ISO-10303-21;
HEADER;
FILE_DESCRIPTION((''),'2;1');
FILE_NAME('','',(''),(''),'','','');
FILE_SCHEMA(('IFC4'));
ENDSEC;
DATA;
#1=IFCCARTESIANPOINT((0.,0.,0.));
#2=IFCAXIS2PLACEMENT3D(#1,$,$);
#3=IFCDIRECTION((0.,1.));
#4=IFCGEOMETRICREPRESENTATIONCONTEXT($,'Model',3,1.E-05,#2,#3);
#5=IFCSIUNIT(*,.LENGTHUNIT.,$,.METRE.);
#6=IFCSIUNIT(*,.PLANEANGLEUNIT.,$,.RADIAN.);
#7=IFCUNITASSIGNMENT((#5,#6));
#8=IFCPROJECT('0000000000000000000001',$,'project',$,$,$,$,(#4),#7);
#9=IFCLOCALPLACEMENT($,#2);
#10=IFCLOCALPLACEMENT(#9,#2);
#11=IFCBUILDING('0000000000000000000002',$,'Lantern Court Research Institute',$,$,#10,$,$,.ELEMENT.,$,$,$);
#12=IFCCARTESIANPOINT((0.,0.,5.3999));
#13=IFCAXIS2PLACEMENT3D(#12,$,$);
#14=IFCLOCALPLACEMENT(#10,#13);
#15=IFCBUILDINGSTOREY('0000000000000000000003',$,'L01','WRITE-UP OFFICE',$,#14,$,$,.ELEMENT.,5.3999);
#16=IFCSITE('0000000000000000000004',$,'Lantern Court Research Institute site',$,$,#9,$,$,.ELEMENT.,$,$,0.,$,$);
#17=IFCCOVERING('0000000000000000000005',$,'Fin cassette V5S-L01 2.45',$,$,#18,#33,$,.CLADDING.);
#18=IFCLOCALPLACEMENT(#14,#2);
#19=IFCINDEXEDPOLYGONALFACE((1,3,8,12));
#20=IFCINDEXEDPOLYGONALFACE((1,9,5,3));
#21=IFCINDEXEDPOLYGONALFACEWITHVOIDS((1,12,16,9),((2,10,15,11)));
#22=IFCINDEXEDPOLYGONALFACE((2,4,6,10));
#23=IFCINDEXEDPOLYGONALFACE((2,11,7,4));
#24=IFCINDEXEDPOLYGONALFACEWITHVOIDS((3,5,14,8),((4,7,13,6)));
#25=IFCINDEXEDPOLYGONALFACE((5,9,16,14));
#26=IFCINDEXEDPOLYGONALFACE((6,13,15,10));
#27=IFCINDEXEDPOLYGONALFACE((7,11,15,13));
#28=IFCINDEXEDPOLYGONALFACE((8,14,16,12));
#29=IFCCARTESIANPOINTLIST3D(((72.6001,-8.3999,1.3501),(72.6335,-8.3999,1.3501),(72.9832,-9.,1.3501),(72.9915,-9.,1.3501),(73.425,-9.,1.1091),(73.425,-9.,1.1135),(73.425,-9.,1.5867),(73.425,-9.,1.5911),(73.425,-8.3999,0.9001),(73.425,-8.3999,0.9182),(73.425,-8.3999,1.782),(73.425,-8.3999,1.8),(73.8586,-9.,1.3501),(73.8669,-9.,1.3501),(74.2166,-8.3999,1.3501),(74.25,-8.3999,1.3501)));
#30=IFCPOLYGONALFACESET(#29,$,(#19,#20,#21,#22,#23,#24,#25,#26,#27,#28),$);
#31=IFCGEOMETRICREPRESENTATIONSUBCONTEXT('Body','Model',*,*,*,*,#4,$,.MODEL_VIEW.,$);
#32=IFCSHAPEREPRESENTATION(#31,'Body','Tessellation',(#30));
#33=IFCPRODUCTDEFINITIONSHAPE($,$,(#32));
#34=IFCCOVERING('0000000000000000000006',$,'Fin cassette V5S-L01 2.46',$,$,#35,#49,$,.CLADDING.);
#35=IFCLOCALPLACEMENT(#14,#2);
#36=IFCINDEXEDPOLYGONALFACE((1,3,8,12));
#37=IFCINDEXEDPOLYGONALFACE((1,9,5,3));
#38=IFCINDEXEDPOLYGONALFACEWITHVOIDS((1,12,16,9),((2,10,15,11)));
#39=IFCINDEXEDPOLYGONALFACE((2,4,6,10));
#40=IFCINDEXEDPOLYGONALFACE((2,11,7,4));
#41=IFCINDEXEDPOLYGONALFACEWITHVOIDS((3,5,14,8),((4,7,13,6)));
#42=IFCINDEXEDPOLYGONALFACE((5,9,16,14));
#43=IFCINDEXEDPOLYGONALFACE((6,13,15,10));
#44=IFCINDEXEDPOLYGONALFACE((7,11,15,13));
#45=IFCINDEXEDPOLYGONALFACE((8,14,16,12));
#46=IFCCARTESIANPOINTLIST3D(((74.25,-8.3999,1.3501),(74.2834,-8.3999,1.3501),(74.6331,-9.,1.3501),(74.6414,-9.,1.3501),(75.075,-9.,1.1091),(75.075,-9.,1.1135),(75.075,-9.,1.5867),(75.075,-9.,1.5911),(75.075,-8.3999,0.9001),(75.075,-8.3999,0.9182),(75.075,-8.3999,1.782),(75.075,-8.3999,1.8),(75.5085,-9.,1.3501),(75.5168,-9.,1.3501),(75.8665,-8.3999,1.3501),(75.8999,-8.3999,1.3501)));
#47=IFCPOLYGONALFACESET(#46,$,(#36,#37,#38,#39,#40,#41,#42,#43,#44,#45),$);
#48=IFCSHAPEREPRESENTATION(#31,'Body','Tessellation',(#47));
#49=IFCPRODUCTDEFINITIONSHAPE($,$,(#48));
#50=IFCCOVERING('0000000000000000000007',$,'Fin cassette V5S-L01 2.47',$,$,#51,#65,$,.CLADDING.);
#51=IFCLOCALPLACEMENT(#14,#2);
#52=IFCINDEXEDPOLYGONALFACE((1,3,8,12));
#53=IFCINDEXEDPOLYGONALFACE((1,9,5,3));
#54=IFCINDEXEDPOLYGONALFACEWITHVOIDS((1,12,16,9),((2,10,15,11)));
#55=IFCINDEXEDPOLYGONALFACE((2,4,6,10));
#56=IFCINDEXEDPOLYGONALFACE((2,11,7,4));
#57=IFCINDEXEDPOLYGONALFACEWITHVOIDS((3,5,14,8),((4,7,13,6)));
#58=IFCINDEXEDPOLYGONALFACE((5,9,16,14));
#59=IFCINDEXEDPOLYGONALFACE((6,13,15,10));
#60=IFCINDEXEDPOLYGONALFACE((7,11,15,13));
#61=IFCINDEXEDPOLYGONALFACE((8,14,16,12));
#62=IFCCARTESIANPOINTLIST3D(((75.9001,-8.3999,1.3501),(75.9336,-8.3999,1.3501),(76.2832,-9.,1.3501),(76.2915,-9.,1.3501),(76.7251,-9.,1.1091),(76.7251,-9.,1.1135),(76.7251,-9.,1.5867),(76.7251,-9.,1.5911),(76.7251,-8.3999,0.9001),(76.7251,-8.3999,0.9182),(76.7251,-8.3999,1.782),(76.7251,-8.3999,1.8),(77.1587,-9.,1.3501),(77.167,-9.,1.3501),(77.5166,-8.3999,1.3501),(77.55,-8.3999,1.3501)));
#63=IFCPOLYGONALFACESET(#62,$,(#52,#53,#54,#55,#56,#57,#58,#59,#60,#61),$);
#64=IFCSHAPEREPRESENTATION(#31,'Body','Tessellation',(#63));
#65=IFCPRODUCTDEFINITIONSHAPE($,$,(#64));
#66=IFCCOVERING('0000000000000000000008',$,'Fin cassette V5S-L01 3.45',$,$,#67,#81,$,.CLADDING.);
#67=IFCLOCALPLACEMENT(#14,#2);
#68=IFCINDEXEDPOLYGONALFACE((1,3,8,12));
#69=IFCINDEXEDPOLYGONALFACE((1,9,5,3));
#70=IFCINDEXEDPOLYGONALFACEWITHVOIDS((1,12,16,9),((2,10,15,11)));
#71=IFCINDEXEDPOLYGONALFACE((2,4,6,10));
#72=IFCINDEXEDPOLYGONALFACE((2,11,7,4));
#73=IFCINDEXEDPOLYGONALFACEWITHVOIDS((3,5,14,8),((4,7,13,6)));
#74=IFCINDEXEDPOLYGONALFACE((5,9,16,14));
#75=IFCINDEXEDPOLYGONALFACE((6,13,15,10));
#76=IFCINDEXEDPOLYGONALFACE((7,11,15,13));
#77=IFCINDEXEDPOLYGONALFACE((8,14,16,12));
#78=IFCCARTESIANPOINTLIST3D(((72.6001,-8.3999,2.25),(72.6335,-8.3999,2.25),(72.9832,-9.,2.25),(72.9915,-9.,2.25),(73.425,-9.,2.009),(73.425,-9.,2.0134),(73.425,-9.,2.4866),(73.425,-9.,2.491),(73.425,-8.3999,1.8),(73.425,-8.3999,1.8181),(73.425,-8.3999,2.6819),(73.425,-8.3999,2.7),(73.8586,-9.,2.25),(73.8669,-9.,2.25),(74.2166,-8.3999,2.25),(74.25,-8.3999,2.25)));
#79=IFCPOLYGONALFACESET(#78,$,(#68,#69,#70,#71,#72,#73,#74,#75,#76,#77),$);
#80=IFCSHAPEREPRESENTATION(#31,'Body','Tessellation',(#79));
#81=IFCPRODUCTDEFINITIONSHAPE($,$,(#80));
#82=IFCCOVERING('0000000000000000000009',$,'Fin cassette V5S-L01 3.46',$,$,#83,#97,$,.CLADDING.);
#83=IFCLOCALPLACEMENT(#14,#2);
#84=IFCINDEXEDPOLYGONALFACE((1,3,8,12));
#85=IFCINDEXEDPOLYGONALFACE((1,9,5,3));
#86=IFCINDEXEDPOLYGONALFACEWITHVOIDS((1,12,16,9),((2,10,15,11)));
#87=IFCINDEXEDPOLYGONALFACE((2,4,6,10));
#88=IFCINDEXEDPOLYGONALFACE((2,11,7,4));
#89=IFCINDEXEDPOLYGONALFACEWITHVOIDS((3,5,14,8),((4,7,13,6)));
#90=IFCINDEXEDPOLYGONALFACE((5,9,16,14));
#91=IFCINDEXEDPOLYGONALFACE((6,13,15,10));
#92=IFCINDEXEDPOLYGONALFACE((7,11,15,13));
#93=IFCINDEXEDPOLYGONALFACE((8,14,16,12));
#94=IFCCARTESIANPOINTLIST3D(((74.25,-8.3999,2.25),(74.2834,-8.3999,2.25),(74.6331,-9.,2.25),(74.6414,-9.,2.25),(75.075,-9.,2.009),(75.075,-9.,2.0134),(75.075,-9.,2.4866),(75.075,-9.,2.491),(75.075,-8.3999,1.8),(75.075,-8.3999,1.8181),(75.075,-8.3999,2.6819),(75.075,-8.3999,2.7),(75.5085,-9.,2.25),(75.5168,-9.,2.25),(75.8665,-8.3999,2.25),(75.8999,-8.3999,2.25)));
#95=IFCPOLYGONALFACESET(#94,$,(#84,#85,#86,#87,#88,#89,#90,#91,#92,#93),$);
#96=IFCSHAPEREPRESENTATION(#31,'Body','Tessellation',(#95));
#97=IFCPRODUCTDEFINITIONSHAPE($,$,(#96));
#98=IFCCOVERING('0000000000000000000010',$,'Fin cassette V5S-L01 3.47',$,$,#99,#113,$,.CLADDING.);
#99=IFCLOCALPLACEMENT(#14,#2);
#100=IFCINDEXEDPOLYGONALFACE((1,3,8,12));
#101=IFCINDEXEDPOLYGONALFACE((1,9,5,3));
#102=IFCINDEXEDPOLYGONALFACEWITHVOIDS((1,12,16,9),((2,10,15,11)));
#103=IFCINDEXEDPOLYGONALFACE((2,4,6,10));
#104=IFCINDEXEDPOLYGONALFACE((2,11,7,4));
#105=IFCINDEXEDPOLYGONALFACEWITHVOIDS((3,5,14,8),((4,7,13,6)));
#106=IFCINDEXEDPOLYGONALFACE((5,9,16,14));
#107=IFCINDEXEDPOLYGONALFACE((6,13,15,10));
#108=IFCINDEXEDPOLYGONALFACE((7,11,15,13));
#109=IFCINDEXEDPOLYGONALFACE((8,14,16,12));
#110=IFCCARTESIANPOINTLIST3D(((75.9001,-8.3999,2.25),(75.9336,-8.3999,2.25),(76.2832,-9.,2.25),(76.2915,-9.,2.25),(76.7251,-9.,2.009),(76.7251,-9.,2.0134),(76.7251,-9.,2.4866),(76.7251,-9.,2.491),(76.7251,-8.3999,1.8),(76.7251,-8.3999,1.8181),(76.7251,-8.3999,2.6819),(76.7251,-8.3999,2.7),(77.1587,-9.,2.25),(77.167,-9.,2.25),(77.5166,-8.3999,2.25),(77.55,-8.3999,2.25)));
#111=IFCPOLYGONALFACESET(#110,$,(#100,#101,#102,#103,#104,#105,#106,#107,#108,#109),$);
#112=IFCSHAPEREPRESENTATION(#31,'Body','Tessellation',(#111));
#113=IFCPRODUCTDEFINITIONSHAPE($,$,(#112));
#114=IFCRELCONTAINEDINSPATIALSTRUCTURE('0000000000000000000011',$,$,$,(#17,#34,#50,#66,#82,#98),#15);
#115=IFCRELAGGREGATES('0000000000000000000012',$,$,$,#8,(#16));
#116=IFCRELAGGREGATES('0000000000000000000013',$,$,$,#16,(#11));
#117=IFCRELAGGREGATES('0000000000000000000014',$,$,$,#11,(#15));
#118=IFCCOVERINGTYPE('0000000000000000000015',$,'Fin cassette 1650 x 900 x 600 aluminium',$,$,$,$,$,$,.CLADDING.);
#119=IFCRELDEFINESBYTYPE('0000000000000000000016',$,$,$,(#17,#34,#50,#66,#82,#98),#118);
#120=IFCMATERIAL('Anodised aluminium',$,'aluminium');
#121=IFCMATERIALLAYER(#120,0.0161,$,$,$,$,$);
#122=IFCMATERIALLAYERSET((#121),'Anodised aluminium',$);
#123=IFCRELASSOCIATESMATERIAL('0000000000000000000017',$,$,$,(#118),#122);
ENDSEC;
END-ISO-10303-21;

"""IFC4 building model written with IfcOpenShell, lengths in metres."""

from ifc_helpers import new_model, entity, si_unit, direction, frame, origin, place, context, subcontext, project, spatial, material, layer, layer_set, type_object, element, save


model = new_model("IFC4")

# Units and contexts
model_context = context("Model", 3, precision=1e-05, world=origin(), true_north=direction((0.0, 1.0)))
body_context = subcontext(model_context, "Body", "Model", "MODEL_VIEW")
ifc_project = project(units=[si_unit("LENGTHUNIT", "METRE"), si_unit("PLANEANGLEUNIT", "RADIAN")], contexts=[model_context])

# Site, building, storey
site_placement = place(None, origin())
site = spatial("IfcSite", under=ifc_project, at=site_placement, Name="Lantern Court Research Institute site", CompositionType="ELEMENT", RefElevation=0.0)
building_placement = place(site_placement, origin())
building = spatial("IfcBuilding", under=site, at=building_placement, Name="Lantern Court Research Institute", CompositionType="ELEMENT")
storey_placement = place(building_placement, frame((0.0, 0.0, 5.3999)))
storey = spatial("IfcBuildingStorey", under=building, at=storey_placement, Name="L01", Description="WRITE-UP OFFICE", CompositionType="ELEMENT", Elevation=5.3999)

# Coverings
ifc_material_1 = material(Name="Anodised aluminium", Category="aluminium")
ifc_layer_1 = layer(ifc_material_1, 0.0161)
ifc_layer_set_1 = layer_set([ifc_layer_1], Name="Anodised aluminium")
covering_type = type_object("IfcCoveringType", Name="Fin cassette 1650 x 900 x 600 aluminium", PredefinedType="CLADDING", material=ifc_layer_set_1)
covering_1_placement = place(storey_placement, frame((73.425, -8.3999, 1.3501), z_axis=(0.0, -1.0, 0.0), x_axis=(1.0, 0.0, 0.0)))
cartesian_point_1 = entity("IfcCartesianPoint", [0.825, 0.0])
cartesian_point_2 = entity("IfcCartesianPoint", [0.7915, 0.0])
cartesian_point_3 = entity("IfcCartesianPoint", [0.4419, 0.0])
cartesian_point_4 = entity("IfcCartesianPoint", [0.4336, 0.0])
element("IfcCovering", 1, at=covering_1_placement, inside=storey, type_object=covering_type, Name="Fin cassette V5S-L01 2.45", PredefinedType="CLADDING", context=body_context, shape_type="SweptSolid", body=[
    entity("IfcExtrudedAreaSolidTapered", entity("IfcArbitraryProfileDefWithVoids", "AREA", None, entity("IfcPolyline", [cartesian_point_1, entity("IfcCartesianPoint", [0.0, 0.45]), entity("IfcCartesianPoint", [-0.825, 0.0]), entity("IfcCartesianPoint", [0.0, -0.45]), cartesian_point_1]), [entity("IfcPolyline", [cartesian_point_2, entity("IfcCartesianPoint", [0.0, 0.4319]), entity("IfcCartesianPoint", [-0.7915, 0.0]), entity("IfcCartesianPoint", [0.0, -0.4319]), cartesian_point_2])]), entity("IfcAxis2Placement3D", entity("IfcCartesianPoint", [0.0, 0.0, 0.0])), entity("IfcDirection", [0.0, 0.0, 1.0]), 0.6001, entity("IfcArbitraryProfileDefWithVoids", "AREA", None, entity("IfcPolyline", [cartesian_point_3, entity("IfcCartesianPoint", [0.0, 0.241]), entity("IfcCartesianPoint", [-0.4419, 0.0]), entity("IfcCartesianPoint", [0.0, -0.241]), cartesian_point_3]), [entity("IfcPolyline", [cartesian_point_4, entity("IfcCartesianPoint", [0.0, 0.2366]), entity("IfcCartesianPoint", [-0.4336, 0.0]), entity("IfcCartesianPoint", [0.0, -0.2366]), cartesian_point_4])])),
])
covering_2_placement = place(storey_placement, frame((75.075, -8.3999, 1.3501), z_axis=(0.0, -1.0, 0.0), x_axis=(1.0, 0.0, 0.0)))
cartesian_point_5 = entity("IfcCartesianPoint", [0.825, 0.0])
cartesian_point_6 = entity("IfcCartesianPoint", [0.7915, 0.0])
cartesian_point_7 = entity("IfcCartesianPoint", [0.4419, 0.0])
cartesian_point_8 = entity("IfcCartesianPoint", [0.4336, 0.0])
element("IfcCovering", 2, at=covering_2_placement, inside=storey, type_object=covering_type, Name="Fin cassette V5S-L01 2.46", PredefinedType="CLADDING", context=body_context, shape_type="SweptSolid", body=[
    entity("IfcExtrudedAreaSolidTapered", entity("IfcArbitraryProfileDefWithVoids", "AREA", None, entity("IfcPolyline", [cartesian_point_5, entity("IfcCartesianPoint", [0.0, 0.45]), entity("IfcCartesianPoint", [-0.825, 0.0]), entity("IfcCartesianPoint", [0.0, -0.45]), cartesian_point_5]), [entity("IfcPolyline", [cartesian_point_6, entity("IfcCartesianPoint", [0.0, 0.4319]), entity("IfcCartesianPoint", [-0.7915, 0.0]), entity("IfcCartesianPoint", [0.0, -0.4319]), cartesian_point_6])]), entity("IfcAxis2Placement3D", entity("IfcCartesianPoint", [0.0, 0.0, 0.0])), entity("IfcDirection", [0.0, 0.0, 1.0]), 0.6001, entity("IfcArbitraryProfileDefWithVoids", "AREA", None, entity("IfcPolyline", [cartesian_point_7, entity("IfcCartesianPoint", [0.0, 0.241]), entity("IfcCartesianPoint", [-0.4419, 0.0]), entity("IfcCartesianPoint", [0.0, -0.241]), cartesian_point_7]), [entity("IfcPolyline", [cartesian_point_8, entity("IfcCartesianPoint", [0.0, 0.2366]), entity("IfcCartesianPoint", [-0.4336, 0.0]), entity("IfcCartesianPoint", [0.0, -0.2366]), cartesian_point_8])])),
])
covering_3_placement = place(storey_placement, frame((76.7251, -8.3999, 1.3501), z_axis=(0.0, -1.0, 0.0), x_axis=(1.0, 0.0, 0.0)))
cartesian_point_9 = entity("IfcCartesianPoint", [0.825, 0.0])
cartesian_point_10 = entity("IfcCartesianPoint", [0.7915, 0.0])
cartesian_point_11 = entity("IfcCartesianPoint", [0.4419, 0.0])
cartesian_point_12 = entity("IfcCartesianPoint", [0.4336, 0.0])
element("IfcCovering", 3, at=covering_3_placement, inside=storey, type_object=covering_type, Name="Fin cassette V5S-L01 2.47", PredefinedType="CLADDING", context=body_context, shape_type="SweptSolid", body=[
    entity("IfcExtrudedAreaSolidTapered", entity("IfcArbitraryProfileDefWithVoids", "AREA", None, entity("IfcPolyline", [cartesian_point_9, entity("IfcCartesianPoint", [0.0, 0.45]), entity("IfcCartesianPoint", [-0.825, 0.0]), entity("IfcCartesianPoint", [0.0, -0.45]), cartesian_point_9]), [entity("IfcPolyline", [cartesian_point_10, entity("IfcCartesianPoint", [0.0, 0.4319]), entity("IfcCartesianPoint", [-0.7915, 0.0]), entity("IfcCartesianPoint", [0.0, -0.4319]), cartesian_point_10])]), entity("IfcAxis2Placement3D", entity("IfcCartesianPoint", [0.0, 0.0, 0.0])), entity("IfcDirection", [0.0, 0.0, 1.0]), 0.6001, entity("IfcArbitraryProfileDefWithVoids", "AREA", None, entity("IfcPolyline", [cartesian_point_11, entity("IfcCartesianPoint", [0.0, 0.241]), entity("IfcCartesianPoint", [-0.4419, 0.0]), entity("IfcCartesianPoint", [0.0, -0.241]), cartesian_point_11]), [entity("IfcPolyline", [cartesian_point_12, entity("IfcCartesianPoint", [0.0, 0.2366]), entity("IfcCartesianPoint", [-0.4336, 0.0]), entity("IfcCartesianPoint", [0.0, -0.2366]), cartesian_point_12])])),
])
covering_4_placement = place(storey_placement, frame((73.425, -8.3999, 2.25), z_axis=(0.0, -1.0, 0.0), x_axis=(1.0, 0.0, 0.0)))
cartesian_point_13 = entity("IfcCartesianPoint", [0.825, 0.0])
cartesian_point_14 = entity("IfcCartesianPoint", [0.7915, 0.0])
cartesian_point_15 = entity("IfcCartesianPoint", [0.4419, 0.0])
cartesian_point_16 = entity("IfcCartesianPoint", [0.4336, 0.0])
element("IfcCovering", 4, at=covering_4_placement, inside=storey, type_object=covering_type, Name="Fin cassette V5S-L01 3.45", PredefinedType="CLADDING", context=body_context, shape_type="SweptSolid", body=[
    entity("IfcExtrudedAreaSolidTapered", entity("IfcArbitraryProfileDefWithVoids", "AREA", None, entity("IfcPolyline", [cartesian_point_13, entity("IfcCartesianPoint", [0.0, 0.45]), entity("IfcCartesianPoint", [-0.825, 0.0]), entity("IfcCartesianPoint", [0.0, -0.45]), cartesian_point_13]), [entity("IfcPolyline", [cartesian_point_14, entity("IfcCartesianPoint", [0.0, 0.4319]), entity("IfcCartesianPoint", [-0.7915, 0.0]), entity("IfcCartesianPoint", [0.0, -0.4319]), cartesian_point_14])]), entity("IfcAxis2Placement3D", entity("IfcCartesianPoint", [0.0, 0.0, 0.0])), entity("IfcDirection", [0.0, 0.0, 1.0]), 0.6001, entity("IfcArbitraryProfileDefWithVoids", "AREA", None, entity("IfcPolyline", [cartesian_point_15, entity("IfcCartesianPoint", [0.0, 0.241]), entity("IfcCartesianPoint", [-0.4419, 0.0]), entity("IfcCartesianPoint", [0.0, -0.241]), cartesian_point_15]), [entity("IfcPolyline", [cartesian_point_16, entity("IfcCartesianPoint", [0.0, 0.2366]), entity("IfcCartesianPoint", [-0.4336, 0.0]), entity("IfcCartesianPoint", [0.0, -0.2366]), cartesian_point_16])])),
])
covering_5_placement = place(storey_placement, frame((75.075, -8.3999, 2.25), z_axis=(0.0, -1.0, 0.0), x_axis=(1.0, 0.0, 0.0)))
cartesian_point_17 = entity("IfcCartesianPoint", [0.825, 0.0])
cartesian_point_18 = entity("IfcCartesianPoint", [0.7915, 0.0])
cartesian_point_19 = entity("IfcCartesianPoint", [0.4419, 0.0])
cartesian_point_20 = entity("IfcCartesianPoint", [0.4336, 0.0])
element("IfcCovering", 5, at=covering_5_placement, inside=storey, type_object=covering_type, Name="Fin cassette V5S-L01 3.46", PredefinedType="CLADDING", context=body_context, shape_type="SweptSolid", body=[
    entity("IfcExtrudedAreaSolidTapered", entity("IfcArbitraryProfileDefWithVoids", "AREA", None, entity("IfcPolyline", [cartesian_point_17, entity("IfcCartesianPoint", [0.0, 0.45]), entity("IfcCartesianPoint", [-0.825, 0.0]), entity("IfcCartesianPoint", [0.0, -0.45]), cartesian_point_17]), [entity("IfcPolyline", [cartesian_point_18, entity("IfcCartesianPoint", [0.0, 0.4319]), entity("IfcCartesianPoint", [-0.7915, 0.0]), entity("IfcCartesianPoint", [0.0, -0.4319]), cartesian_point_18])]), entity("IfcAxis2Placement3D", entity("IfcCartesianPoint", [0.0, 0.0, 0.0])), entity("IfcDirection", [0.0, 0.0, 1.0]), 0.6001, entity("IfcArbitraryProfileDefWithVoids", "AREA", None, entity("IfcPolyline", [cartesian_point_19, entity("IfcCartesianPoint", [0.0, 0.241]), entity("IfcCartesianPoint", [-0.4419, 0.0]), entity("IfcCartesianPoint", [0.0, -0.241]), cartesian_point_19]), [entity("IfcPolyline", [cartesian_point_20, entity("IfcCartesianPoint", [0.0, 0.2366]), entity("IfcCartesianPoint", [-0.4336, 0.0]), entity("IfcCartesianPoint", [0.0, -0.2366]), cartesian_point_20])])),
])
covering_6_placement = place(storey_placement, frame((76.7251, -8.3999, 2.25), z_axis=(0.0, -1.0, 0.0), x_axis=(1.0, 0.0, 0.0)))
cartesian_point_21 = entity("IfcCartesianPoint", [0.825, 0.0])
cartesian_point_22 = entity("IfcCartesianPoint", [0.7915, 0.0])
cartesian_point_23 = entity("IfcCartesianPoint", [0.4419, 0.0])
cartesian_point_24 = entity("IfcCartesianPoint", [0.4336, 0.0])
element("IfcCovering", 6, at=covering_6_placement, inside=storey, type_object=covering_type, Name="Fin cassette V5S-L01 3.47", PredefinedType="CLADDING", context=body_context, shape_type="SweptSolid", body=[
    entity("IfcExtrudedAreaSolidTapered", entity("IfcArbitraryProfileDefWithVoids", "AREA", None, entity("IfcPolyline", [cartesian_point_21, entity("IfcCartesianPoint", [0.0, 0.45]), entity("IfcCartesianPoint", [-0.825, 0.0]), entity("IfcCartesianPoint", [0.0, -0.45]), cartesian_point_21]), [entity("IfcPolyline", [cartesian_point_22, entity("IfcCartesianPoint", [0.0, 0.4319]), entity("IfcCartesianPoint", [-0.7915, 0.0]), entity("IfcCartesianPoint", [0.0, -0.4319]), cartesian_point_22])]), entity("IfcAxis2Placement3D", entity("IfcCartesianPoint", [0.0, 0.0, 0.0])), entity("IfcDirection", [0.0, 0.0, 1.0]), 0.6001, entity("IfcArbitraryProfileDefWithVoids", "AREA", None, entity("IfcPolyline", [cartesian_point_23, entity("IfcCartesianPoint", [0.0, 0.241]), entity("IfcCartesianPoint", [-0.4419, 0.0]), entity("IfcCartesianPoint", [0.0, -0.241]), cartesian_point_23]), [entity("IfcPolyline", [cartesian_point_24, entity("IfcCartesianPoint", [0.0, 0.2366]), entity("IfcCartesianPoint", [-0.4336, 0.0]), entity("IfcCartesianPoint", [0.0, -0.2366]), cartesian_point_24])])),
])

save(model, "model.ifc")
